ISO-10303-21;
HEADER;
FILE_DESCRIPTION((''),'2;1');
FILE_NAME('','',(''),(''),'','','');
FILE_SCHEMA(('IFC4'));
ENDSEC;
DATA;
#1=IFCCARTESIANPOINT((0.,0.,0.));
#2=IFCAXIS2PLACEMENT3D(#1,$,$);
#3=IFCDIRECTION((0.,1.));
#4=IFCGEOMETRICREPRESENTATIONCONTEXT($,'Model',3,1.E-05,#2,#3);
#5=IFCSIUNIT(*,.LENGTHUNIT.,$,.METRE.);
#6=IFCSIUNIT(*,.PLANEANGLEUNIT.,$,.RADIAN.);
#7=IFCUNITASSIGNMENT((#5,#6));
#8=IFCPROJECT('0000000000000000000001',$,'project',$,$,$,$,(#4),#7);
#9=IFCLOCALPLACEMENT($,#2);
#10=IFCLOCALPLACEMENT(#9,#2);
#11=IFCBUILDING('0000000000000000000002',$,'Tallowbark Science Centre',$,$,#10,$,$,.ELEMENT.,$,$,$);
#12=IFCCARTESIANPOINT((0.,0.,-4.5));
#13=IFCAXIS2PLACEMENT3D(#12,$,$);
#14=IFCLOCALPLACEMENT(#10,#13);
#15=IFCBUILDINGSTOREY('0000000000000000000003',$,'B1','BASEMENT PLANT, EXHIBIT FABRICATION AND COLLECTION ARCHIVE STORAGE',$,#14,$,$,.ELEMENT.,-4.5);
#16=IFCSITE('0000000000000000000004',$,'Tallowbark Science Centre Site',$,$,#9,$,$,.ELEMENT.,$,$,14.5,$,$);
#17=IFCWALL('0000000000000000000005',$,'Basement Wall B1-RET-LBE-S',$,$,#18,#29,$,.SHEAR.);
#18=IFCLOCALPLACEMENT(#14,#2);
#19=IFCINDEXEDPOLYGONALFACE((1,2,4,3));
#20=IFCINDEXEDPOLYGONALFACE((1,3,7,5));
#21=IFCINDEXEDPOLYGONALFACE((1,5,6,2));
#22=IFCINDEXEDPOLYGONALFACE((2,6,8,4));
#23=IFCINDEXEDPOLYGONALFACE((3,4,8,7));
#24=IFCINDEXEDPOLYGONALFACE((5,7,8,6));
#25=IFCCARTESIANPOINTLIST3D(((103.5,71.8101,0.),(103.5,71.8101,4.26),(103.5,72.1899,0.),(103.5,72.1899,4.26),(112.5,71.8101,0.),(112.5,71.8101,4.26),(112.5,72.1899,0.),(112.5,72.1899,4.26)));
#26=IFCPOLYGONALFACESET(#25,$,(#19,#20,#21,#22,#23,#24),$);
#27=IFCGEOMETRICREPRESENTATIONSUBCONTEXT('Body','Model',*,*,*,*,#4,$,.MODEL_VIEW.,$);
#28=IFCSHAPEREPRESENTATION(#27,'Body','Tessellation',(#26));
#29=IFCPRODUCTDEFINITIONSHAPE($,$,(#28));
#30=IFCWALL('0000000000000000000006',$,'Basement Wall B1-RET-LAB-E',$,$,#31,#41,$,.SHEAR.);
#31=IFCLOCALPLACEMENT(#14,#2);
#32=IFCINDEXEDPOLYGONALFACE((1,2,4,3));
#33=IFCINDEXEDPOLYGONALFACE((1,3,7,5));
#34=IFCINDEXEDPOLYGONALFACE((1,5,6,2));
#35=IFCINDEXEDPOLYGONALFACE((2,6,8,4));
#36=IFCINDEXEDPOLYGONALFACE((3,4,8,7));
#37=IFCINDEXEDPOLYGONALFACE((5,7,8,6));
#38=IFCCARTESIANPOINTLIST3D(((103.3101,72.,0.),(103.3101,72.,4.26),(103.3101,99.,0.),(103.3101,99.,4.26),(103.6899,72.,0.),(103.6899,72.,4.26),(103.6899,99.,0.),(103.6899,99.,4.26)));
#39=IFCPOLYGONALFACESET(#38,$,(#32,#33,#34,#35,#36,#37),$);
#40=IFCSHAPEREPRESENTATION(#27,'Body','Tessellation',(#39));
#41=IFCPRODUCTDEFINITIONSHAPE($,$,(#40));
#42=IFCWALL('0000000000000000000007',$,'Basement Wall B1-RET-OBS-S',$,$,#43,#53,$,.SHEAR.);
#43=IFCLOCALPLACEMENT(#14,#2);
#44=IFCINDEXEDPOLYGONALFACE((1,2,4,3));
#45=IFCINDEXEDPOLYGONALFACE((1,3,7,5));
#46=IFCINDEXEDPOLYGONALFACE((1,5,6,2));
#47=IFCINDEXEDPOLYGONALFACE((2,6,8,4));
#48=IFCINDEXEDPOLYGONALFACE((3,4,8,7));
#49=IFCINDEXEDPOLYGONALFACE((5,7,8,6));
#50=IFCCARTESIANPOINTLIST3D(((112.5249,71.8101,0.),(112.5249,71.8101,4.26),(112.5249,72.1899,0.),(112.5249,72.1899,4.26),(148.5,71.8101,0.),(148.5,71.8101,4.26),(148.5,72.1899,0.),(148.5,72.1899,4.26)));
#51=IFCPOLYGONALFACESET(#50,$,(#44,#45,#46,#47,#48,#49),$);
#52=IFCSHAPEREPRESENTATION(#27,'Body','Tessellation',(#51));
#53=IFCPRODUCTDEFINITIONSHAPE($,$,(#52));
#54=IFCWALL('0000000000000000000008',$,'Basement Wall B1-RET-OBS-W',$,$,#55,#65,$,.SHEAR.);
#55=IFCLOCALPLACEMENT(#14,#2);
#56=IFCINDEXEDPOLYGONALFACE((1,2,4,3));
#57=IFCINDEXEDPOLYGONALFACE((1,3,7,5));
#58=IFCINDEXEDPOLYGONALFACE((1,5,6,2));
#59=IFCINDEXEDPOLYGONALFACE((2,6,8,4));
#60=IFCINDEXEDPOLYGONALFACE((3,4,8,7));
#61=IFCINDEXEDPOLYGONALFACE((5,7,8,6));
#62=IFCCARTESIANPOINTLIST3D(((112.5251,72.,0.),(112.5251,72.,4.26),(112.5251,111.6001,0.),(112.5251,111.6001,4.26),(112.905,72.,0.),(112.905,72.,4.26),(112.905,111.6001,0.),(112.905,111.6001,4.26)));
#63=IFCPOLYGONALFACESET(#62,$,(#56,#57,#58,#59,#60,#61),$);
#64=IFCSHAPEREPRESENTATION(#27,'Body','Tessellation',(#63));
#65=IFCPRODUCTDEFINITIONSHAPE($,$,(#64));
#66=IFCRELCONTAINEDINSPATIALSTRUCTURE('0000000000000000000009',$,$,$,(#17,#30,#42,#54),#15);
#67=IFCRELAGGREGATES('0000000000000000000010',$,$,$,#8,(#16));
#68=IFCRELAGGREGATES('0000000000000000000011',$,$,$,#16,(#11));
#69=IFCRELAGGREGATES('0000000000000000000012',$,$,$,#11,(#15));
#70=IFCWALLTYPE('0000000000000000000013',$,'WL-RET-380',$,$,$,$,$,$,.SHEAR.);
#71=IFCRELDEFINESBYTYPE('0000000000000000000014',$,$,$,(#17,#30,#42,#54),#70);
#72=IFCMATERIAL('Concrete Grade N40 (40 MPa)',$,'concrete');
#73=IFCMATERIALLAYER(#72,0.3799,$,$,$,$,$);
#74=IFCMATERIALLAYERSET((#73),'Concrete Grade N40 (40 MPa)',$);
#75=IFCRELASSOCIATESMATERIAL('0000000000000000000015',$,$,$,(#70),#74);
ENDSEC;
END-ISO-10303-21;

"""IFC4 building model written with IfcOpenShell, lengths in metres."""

from ifc_helpers import new_model, si_unit, direction, frame, frame_2d, origin, place, context, subcontext, project, spatial, rectangle, extrude, material, layer, layer_set, type_object, element, save


model = new_model("IFC4")

# Units and contexts
model_context = context("Model", 3, precision=1e-05, world=origin(), true_north=direction((0.0, 1.0)))
body_context = subcontext(model_context, "Body", "Model", "MODEL_VIEW")
ifc_project = project(units=[si_unit("LENGTHUNIT", "METRE"), si_unit("PLANEANGLEUNIT", "RADIAN")], contexts=[model_context])

# Site, building, storey
site_placement = place(None, origin())
site = spatial("IfcSite", under=ifc_project, at=site_placement, Name="Tallowbark Science Centre Site", CompositionType="ELEMENT", RefElevation=14.5)
building_placement = place(site_placement, origin())
building = spatial("IfcBuilding", under=site, at=building_placement, Name="Tallowbark Science Centre", CompositionType="ELEMENT")
storey_placement = place(building_placement, frame((0.0, 0.0, -4.5)))
storey = spatial("IfcBuildingStorey", under=building, at=storey_placement, Name="B1", Description="BASEMENT PLANT, EXHIBIT FABRICATION AND COLLECTION ARCHIVE STORAGE", CompositionType="ELEMENT", Elevation=-4.5)

# Shared definitions
ifc_material_1 = material(Name="Concrete Grade N40 (40 MPa)", Category="concrete")

# Walls
ifc_layer = layer(ifc_material_1, 0.3799)
ifc_layer_set = layer_set([ifc_layer], Name="Concrete Grade N40 (40 MPa)")
wall_type = type_object("IfcWallType", Name="WL-RET-380", PredefinedType="SHEAR", material=ifc_layer_set)
wall_1_placement = place(storey_placement, frame((103.5, 72.0, 0.0), z_axis=(0.0, 0.0, 1.0), x_axis=(1.0, 0.0, 0.0)))
element("IfcWall", 1, at=wall_1_placement, inside=storey, type_object=wall_type, Name="Basement Wall B1-RET-LBE-S", PredefinedType="SHEAR", context=body_context, shape_type="SweptSolid", body=[
    extrude(rectangle(XDim=9.0, YDim=0.3799, at=frame_2d((4.5, 0.0))), origin(), (0.0, 0.0, 1.0), 4.26),
])
wall_2_placement = place(storey_placement, frame((103.5, 72.0, 0.0), z_axis=(0.0, 0.0, 1.0), x_axis=(0.0, 1.0, 0.0)))
element("IfcWall", 2, at=wall_2_placement, inside=storey, type_object=wall_type, Name="Basement Wall B1-RET-LAB-E", PredefinedType="SHEAR", context=body_context, shape_type="SweptSolid", body=[
    extrude(rectangle(XDim=27.0, YDim=0.3799, at=frame_2d((13.5, 0.0))), origin(), (0.0, 0.0, 1.0), 4.26),
])
wall_3_placement = place(storey_placement, frame((112.5249, 72.0, 0.0), z_axis=(0.0, 0.0, 1.0), x_axis=(1.0, 0.0, 0.0)))
element("IfcWall", 3, at=wall_3_placement, inside=storey, type_object=wall_type, Name="Basement Wall B1-RET-OBS-S", PredefinedType="SHEAR", context=body_context, shape_type="SweptSolid", body=[
    extrude(rectangle(XDim=35.9751, YDim=0.3799, at=frame_2d((17.9875, 0.0))), origin(), (0.0, 0.0, 1.0), 4.26),
])
wall_4_placement = place(storey_placement, frame((112.7151, 72.0, 0.0), z_axis=(0.0, 0.0, 1.0), x_axis=(0.0, 1.0, 0.0)))
element("IfcWall", 4, at=wall_4_placement, inside=storey, type_object=wall_type, Name="Basement Wall B1-RET-OBS-W", PredefinedType="SHEAR", context=body_context, shape_type="SweptSolid", body=[
    extrude(rectangle(XDim=39.6001, YDim=0.3799, at=frame_2d((19.8, 0.0))), origin(), (0.0, 0.0, 1.0), 4.26),
])

save(model, "model.ifc")
